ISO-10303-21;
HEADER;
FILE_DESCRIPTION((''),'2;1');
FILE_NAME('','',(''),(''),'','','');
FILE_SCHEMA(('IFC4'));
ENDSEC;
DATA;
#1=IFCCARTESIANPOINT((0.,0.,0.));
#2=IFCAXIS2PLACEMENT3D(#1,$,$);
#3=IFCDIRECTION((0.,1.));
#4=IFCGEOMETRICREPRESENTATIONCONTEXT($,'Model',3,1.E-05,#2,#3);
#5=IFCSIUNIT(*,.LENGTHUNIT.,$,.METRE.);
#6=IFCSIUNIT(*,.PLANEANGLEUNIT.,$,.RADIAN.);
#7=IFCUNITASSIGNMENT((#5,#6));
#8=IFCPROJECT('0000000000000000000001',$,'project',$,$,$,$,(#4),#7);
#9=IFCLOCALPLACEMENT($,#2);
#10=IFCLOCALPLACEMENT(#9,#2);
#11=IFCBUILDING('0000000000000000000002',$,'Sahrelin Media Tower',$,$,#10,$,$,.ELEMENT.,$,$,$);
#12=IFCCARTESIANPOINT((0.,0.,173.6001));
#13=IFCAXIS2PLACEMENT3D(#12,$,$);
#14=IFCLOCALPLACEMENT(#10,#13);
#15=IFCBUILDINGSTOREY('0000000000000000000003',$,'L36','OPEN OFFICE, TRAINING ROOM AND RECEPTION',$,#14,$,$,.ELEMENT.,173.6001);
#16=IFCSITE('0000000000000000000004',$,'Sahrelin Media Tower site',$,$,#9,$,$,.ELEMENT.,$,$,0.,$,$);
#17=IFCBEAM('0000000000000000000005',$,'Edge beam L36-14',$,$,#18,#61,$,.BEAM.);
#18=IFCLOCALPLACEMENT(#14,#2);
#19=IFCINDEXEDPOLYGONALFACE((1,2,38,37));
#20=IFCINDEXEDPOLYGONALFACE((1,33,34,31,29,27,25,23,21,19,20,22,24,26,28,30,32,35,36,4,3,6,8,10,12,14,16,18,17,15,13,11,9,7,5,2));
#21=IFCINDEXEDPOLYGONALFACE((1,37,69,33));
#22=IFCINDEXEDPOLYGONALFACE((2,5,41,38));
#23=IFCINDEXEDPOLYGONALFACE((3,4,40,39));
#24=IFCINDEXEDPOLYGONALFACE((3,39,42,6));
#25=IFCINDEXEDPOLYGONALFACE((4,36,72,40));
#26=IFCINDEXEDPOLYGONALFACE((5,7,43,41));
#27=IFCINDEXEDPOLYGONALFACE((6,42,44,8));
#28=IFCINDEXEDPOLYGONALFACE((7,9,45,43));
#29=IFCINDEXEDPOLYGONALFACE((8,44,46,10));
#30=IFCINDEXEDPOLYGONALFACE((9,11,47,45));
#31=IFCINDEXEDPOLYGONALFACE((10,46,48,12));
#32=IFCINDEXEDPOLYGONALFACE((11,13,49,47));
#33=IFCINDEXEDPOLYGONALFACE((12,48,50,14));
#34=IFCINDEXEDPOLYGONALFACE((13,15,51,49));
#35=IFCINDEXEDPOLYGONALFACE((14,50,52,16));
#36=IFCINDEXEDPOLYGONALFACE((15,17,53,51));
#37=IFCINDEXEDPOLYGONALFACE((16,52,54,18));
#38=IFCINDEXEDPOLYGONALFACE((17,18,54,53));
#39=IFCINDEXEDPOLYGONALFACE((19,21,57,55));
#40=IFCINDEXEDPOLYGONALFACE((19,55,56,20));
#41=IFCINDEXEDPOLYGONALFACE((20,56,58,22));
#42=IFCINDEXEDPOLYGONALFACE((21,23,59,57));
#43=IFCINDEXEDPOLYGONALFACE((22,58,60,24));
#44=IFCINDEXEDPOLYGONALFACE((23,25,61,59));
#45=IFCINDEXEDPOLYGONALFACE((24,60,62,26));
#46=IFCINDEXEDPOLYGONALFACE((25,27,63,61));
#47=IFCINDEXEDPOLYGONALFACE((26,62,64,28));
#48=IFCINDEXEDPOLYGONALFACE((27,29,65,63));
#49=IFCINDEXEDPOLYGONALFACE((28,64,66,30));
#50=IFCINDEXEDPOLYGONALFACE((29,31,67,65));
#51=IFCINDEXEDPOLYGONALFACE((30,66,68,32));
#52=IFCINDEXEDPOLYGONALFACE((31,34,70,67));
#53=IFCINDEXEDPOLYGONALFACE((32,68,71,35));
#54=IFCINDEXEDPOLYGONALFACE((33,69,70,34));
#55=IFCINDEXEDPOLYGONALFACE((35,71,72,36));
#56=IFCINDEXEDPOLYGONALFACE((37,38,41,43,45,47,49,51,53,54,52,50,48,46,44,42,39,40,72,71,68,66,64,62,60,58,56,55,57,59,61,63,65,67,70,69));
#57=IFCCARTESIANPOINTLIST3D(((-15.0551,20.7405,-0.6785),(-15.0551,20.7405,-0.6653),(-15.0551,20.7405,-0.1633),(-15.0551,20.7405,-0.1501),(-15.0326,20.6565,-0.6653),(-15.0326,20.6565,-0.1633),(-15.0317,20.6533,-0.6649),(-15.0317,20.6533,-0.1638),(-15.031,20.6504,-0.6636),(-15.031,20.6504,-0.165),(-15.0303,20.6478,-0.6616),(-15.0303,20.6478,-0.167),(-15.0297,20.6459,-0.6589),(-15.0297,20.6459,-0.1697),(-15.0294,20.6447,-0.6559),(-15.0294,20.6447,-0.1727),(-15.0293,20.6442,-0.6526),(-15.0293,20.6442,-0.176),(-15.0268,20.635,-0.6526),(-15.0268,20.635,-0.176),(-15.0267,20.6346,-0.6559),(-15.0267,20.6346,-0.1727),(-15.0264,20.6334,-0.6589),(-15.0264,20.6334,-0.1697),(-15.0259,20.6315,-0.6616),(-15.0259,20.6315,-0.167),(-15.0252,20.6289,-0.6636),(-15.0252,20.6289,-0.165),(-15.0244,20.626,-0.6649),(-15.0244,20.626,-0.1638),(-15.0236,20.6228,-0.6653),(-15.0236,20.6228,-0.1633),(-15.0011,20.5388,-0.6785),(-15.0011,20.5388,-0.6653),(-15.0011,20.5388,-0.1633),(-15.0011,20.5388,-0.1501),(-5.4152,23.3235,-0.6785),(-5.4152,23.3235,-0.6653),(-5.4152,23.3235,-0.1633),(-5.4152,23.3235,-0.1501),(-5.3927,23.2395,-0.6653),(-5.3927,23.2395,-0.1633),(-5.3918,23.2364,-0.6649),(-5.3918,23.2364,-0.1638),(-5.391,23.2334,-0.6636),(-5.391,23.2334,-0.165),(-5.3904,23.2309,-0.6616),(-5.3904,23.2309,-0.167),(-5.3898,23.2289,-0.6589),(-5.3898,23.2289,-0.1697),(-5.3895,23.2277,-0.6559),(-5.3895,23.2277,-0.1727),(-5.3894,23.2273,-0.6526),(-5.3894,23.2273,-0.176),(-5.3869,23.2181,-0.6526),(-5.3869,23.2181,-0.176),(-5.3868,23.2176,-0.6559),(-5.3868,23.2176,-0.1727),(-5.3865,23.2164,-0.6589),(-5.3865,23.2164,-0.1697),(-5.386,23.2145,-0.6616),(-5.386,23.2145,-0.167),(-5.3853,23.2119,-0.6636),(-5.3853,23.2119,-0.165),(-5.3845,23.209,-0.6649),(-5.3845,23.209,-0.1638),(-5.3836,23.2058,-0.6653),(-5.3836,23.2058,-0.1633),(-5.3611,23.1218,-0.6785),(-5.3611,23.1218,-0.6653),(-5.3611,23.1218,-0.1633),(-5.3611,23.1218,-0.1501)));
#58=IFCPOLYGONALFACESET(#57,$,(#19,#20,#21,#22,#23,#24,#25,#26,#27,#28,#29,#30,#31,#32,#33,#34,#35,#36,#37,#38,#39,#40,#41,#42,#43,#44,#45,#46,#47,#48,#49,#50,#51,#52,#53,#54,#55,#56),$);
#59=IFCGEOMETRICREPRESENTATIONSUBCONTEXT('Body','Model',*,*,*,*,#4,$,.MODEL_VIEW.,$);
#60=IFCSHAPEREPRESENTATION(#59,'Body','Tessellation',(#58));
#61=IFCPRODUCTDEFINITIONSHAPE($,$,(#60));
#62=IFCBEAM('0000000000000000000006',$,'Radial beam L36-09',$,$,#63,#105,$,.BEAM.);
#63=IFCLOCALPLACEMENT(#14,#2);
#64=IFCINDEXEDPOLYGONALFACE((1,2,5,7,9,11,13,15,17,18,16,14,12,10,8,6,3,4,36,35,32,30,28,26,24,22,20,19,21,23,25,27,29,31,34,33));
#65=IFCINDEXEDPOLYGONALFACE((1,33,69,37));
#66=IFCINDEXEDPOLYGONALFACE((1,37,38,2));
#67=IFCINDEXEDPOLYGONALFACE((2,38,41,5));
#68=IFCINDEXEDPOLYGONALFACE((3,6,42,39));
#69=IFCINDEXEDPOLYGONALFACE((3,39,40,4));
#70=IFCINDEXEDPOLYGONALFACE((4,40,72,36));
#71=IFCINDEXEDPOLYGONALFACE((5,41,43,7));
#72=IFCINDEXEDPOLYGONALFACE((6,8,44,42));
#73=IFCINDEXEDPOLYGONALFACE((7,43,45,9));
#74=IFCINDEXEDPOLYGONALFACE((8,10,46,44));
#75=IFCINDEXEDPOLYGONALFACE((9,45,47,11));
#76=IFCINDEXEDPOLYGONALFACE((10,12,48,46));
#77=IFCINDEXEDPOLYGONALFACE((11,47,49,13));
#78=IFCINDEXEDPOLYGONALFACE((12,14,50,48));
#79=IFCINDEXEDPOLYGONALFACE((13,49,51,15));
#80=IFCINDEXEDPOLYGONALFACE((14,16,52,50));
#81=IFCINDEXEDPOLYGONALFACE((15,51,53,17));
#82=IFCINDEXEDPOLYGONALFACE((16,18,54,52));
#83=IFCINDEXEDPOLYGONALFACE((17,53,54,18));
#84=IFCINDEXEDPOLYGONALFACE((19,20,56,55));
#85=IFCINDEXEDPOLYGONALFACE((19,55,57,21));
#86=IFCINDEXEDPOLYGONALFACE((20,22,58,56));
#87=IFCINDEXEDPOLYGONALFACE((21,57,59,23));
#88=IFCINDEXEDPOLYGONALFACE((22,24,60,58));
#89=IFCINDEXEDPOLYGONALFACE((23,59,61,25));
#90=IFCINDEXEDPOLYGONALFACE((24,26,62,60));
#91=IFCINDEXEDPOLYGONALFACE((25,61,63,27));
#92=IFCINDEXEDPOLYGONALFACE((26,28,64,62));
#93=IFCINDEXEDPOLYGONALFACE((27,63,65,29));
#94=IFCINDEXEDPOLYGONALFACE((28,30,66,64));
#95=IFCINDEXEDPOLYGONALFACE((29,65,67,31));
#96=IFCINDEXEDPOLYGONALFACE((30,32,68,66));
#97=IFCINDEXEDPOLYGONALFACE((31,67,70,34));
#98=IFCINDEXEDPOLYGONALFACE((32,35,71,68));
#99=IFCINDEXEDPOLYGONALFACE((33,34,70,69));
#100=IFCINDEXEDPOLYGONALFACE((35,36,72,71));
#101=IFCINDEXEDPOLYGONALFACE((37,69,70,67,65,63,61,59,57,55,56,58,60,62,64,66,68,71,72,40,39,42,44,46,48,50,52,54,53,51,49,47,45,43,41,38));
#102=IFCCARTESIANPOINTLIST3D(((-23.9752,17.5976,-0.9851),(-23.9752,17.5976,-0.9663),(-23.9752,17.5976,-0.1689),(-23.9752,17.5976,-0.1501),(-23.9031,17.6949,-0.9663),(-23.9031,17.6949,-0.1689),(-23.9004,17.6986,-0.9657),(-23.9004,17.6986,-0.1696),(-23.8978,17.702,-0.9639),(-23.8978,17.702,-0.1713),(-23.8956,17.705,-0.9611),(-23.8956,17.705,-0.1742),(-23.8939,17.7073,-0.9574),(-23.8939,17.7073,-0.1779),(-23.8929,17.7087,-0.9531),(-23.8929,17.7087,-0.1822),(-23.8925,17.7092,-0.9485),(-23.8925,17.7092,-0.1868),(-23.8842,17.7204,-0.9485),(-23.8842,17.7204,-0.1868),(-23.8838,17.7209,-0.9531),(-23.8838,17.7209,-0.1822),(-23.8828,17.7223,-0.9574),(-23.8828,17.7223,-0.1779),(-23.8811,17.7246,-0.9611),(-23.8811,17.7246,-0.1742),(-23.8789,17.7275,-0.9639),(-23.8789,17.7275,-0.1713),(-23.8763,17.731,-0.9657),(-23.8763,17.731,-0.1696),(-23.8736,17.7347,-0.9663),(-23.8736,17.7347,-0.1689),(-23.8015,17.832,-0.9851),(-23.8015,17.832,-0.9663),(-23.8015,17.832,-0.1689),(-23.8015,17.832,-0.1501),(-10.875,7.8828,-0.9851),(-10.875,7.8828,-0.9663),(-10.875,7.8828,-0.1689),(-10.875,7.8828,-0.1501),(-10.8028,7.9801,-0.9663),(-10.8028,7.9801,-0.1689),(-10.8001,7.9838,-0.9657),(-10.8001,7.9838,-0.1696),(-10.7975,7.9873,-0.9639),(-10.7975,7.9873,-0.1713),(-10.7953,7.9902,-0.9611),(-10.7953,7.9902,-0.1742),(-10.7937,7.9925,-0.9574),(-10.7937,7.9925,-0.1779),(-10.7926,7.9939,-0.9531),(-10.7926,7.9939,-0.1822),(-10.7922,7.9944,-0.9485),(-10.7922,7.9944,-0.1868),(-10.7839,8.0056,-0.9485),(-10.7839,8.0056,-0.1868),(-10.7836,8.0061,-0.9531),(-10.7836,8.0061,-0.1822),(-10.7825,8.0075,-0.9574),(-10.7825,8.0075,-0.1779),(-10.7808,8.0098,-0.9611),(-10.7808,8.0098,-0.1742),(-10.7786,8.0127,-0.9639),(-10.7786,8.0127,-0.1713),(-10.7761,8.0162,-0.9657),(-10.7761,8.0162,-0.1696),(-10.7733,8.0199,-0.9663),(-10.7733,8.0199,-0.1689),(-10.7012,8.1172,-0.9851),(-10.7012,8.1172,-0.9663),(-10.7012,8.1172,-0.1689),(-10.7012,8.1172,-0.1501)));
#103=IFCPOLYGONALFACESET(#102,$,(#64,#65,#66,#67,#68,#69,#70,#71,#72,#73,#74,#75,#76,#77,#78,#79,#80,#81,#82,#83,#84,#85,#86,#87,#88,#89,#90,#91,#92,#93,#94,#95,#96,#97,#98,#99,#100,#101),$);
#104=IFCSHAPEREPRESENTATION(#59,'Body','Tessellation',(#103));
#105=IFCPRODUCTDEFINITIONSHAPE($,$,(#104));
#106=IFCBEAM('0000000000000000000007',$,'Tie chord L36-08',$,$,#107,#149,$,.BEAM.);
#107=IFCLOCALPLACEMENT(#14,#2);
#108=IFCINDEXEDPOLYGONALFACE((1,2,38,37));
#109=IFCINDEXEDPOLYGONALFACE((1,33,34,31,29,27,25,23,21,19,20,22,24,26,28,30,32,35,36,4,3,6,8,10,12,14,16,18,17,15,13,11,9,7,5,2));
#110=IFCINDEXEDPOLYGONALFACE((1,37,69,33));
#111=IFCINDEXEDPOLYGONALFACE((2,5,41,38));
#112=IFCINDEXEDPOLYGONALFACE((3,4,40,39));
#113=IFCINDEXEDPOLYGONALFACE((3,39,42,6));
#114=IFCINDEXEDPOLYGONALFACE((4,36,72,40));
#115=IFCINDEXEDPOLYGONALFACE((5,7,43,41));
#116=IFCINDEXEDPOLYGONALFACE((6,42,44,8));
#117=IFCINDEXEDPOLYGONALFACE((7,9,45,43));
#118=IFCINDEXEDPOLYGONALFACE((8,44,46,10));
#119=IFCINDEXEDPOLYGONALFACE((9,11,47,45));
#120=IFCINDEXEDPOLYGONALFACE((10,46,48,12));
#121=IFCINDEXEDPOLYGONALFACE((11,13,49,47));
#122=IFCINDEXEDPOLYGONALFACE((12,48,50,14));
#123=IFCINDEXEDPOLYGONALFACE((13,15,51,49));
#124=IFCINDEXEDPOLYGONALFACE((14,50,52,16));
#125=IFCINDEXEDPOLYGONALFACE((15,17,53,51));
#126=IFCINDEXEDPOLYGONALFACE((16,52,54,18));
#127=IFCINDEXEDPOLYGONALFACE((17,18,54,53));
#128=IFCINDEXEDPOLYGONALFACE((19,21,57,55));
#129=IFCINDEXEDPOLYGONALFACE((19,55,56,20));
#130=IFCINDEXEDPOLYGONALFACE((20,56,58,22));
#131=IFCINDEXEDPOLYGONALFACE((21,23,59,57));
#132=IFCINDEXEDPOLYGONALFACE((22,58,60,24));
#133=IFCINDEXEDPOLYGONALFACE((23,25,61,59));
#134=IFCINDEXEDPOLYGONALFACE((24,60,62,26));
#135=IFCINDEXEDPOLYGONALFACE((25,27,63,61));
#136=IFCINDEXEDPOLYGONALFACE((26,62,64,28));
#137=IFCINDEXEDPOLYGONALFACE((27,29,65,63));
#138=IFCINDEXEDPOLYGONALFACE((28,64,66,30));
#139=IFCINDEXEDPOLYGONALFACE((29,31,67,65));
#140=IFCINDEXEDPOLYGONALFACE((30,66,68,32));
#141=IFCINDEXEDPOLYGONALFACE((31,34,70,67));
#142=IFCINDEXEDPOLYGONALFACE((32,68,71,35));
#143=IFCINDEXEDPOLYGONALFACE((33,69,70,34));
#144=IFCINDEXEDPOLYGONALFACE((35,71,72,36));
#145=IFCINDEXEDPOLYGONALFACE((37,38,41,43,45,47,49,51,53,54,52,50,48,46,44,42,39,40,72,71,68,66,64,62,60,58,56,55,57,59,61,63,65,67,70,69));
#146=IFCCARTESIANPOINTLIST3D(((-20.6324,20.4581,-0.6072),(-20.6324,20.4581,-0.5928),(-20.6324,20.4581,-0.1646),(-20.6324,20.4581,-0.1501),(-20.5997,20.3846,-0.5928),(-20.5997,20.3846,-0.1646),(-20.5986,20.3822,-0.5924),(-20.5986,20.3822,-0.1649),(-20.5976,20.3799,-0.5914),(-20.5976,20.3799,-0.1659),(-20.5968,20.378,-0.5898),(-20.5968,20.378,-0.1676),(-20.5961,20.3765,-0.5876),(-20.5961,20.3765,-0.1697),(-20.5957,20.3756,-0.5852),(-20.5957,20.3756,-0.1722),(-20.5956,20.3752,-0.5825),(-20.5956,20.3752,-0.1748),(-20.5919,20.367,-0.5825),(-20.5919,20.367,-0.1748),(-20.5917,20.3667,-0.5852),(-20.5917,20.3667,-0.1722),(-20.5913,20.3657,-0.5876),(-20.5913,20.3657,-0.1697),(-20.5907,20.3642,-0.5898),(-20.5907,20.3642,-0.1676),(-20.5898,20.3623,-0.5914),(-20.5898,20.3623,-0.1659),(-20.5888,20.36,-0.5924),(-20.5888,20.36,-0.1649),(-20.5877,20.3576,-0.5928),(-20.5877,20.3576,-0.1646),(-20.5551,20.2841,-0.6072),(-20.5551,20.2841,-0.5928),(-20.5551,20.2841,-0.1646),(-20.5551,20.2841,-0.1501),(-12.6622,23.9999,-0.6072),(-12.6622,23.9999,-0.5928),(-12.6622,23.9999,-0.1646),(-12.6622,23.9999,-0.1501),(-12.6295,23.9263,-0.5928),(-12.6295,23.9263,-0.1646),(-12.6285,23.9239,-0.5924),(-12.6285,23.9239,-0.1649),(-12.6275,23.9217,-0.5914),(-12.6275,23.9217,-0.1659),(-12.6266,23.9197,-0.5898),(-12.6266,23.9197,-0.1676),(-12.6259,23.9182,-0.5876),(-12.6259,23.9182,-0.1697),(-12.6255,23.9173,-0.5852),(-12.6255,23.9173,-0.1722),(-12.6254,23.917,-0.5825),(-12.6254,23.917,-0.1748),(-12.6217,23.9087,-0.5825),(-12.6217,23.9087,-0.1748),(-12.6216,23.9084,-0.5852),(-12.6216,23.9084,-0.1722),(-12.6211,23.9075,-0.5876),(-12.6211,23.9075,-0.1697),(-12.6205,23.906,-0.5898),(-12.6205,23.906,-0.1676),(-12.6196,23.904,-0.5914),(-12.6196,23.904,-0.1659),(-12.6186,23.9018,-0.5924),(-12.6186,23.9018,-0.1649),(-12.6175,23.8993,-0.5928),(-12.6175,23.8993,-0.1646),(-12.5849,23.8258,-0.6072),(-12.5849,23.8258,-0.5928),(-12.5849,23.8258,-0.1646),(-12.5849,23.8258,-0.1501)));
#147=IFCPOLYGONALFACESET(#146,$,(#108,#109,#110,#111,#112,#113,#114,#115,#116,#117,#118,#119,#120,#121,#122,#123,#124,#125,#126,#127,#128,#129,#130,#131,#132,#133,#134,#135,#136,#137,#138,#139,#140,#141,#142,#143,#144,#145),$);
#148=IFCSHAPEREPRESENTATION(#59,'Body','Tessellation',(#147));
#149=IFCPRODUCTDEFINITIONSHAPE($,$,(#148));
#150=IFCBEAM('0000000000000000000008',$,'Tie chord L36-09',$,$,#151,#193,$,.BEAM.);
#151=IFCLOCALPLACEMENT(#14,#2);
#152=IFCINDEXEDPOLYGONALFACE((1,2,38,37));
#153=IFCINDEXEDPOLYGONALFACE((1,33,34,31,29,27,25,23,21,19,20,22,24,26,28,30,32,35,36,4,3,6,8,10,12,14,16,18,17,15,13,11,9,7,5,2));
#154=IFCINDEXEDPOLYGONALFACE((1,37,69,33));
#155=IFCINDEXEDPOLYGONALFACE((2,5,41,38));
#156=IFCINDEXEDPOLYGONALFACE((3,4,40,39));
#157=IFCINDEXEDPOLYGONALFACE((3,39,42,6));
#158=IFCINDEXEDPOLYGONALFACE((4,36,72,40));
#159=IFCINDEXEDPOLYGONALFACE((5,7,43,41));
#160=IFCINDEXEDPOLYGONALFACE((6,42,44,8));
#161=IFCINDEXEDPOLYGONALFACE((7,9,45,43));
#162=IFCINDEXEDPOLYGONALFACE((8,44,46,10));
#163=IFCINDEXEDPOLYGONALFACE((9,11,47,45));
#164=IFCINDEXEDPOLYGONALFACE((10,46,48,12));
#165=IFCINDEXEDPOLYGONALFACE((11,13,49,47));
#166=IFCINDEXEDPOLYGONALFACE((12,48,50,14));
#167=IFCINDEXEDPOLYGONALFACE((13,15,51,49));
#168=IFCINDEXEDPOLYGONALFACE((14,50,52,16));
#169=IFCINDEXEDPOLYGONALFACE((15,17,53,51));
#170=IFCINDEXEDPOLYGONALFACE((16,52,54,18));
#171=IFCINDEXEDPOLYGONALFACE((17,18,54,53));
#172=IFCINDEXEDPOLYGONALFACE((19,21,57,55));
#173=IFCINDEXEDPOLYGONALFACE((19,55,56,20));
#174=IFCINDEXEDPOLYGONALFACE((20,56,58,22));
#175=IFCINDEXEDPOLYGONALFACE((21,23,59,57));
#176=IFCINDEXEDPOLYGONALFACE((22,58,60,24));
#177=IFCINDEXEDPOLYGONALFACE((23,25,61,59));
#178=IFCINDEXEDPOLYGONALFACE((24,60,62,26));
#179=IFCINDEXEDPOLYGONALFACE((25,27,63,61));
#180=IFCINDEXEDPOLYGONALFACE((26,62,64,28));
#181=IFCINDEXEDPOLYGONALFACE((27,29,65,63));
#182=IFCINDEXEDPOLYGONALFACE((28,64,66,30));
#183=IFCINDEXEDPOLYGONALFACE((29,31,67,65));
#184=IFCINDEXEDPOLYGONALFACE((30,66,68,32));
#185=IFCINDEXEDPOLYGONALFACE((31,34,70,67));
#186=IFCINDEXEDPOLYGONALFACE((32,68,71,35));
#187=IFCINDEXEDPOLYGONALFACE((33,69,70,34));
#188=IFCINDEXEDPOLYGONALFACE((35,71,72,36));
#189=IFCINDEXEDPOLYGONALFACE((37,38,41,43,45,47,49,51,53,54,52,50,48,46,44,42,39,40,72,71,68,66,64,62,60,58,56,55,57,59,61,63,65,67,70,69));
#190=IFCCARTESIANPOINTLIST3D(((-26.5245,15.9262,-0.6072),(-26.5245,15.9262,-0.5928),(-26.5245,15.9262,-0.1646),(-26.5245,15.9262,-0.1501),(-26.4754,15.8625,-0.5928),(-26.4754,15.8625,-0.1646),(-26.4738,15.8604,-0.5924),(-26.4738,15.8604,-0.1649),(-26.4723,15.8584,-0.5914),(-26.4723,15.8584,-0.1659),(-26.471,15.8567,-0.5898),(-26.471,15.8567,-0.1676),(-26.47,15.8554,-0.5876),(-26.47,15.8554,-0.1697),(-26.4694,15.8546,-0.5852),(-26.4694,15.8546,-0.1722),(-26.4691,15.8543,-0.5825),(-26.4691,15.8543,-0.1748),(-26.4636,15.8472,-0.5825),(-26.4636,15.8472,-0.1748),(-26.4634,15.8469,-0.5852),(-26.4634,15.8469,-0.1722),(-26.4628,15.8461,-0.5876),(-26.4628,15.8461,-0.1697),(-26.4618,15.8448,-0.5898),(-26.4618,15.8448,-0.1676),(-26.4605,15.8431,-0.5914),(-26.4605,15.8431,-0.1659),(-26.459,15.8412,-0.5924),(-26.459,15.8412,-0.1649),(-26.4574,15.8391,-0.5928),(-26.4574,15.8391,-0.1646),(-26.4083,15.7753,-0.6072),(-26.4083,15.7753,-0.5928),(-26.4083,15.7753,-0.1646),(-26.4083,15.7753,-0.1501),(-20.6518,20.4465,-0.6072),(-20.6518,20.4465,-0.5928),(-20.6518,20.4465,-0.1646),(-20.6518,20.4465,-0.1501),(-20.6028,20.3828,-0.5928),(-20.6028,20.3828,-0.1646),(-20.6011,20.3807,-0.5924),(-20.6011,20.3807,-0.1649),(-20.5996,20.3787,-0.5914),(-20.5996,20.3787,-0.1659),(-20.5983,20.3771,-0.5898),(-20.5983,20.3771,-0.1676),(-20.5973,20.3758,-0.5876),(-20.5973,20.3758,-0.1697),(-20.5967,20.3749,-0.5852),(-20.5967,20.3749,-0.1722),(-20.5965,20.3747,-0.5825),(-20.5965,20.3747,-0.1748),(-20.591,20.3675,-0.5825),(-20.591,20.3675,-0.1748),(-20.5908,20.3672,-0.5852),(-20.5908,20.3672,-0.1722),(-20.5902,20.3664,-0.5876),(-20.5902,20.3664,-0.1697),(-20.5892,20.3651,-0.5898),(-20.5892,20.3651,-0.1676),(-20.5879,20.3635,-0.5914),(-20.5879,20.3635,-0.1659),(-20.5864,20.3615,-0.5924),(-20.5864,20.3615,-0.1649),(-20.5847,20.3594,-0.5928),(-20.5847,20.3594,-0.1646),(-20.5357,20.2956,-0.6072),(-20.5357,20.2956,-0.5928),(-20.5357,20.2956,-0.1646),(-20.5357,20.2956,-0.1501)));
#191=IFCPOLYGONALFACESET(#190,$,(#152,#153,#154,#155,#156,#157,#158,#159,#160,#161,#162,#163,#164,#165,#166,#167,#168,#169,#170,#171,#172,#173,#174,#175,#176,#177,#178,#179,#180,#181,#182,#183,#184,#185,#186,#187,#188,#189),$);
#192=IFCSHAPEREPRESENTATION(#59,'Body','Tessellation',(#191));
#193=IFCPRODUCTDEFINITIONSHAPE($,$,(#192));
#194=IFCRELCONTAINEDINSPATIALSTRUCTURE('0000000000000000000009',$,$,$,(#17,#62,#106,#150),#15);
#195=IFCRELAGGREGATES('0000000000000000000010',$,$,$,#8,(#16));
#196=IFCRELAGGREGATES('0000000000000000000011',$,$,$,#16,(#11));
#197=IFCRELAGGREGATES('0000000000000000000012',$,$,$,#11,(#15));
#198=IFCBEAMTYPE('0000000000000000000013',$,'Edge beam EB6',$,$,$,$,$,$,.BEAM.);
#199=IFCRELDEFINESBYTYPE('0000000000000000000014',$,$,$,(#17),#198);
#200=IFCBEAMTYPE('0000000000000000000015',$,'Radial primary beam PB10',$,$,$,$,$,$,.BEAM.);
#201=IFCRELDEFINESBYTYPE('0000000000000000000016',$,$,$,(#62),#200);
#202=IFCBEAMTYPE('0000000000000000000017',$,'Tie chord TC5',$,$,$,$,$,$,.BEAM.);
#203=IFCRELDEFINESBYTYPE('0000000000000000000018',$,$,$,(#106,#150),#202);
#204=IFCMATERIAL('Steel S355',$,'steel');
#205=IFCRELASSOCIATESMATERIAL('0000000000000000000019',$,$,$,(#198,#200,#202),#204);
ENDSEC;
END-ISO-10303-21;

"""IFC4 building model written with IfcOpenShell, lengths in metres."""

from ifc_helpers import new_model, si_unit, direction, frame, origin, origin_2d, place, context, subcontext, project, spatial, i_section, extrude, material, material_profile, profile_set, type_object, element, save


model = new_model("IFC4")

# Units and contexts
model_context = context("Model", 3, precision=1e-05, world=origin(), true_north=direction((0.0, 1.0)))
body_context = subcontext(model_context, "Body", "Model", "MODEL_VIEW")
ifc_project = project(units=[si_unit("LENGTHUNIT", "METRE"), si_unit("PLANEANGLEUNIT", "RADIAN")], contexts=[model_context])

# Site, building, storey
site_placement = place(None, origin())
site = spatial("IfcSite", under=ifc_project, at=site_placement, Name="Sahrelin Media Tower site", CompositionType="ELEMENT", RefElevation=0.0)
building_placement = place(site_placement, origin())
building = spatial("IfcBuilding", under=site, at=building_placement, Name="Sahrelin Media Tower", CompositionType="ELEMENT")
storey_placement = place(building_placement, frame((0.0, 0.0, 173.6001)))
storey = spatial("IfcBuildingStorey", under=building, at=storey_placement, Name="L36", Description="OPEN OFFICE, TRAINING ROOM AND RECEPTION", CompositionType="ELEMENT", Elevation=173.6001)

# Beams
ifc_material_1 = material(Name="Steel S355", Category="steel")
ifc_material_profile_1 = material_profile(ifc_material_1, i_section(OverallWidth=0.2087, OverallDepth=0.5283, WebThickness=0.0095, FlangeThickness=0.0132, FilletRadius=0.0127, at=origin_2d()), Name="UB 533x210x82")
ifc_profile_set_1 = profile_set([ifc_material_profile_1], Name="Steel S355")
beam_type_1 = type_object("IfcBeamType", Name="Edge beam EB6", PredefinedType="BEAM", material=ifc_profile_set_1)
beam_1_placement = place(storey_placement, frame((-15.0281, 20.6396, -0.4143), z_axis=(0.965926, 0.25882, 0.0), x_axis=(-0.25882, 0.965926, 0.0)))
element("IfcBeam", 1, at=beam_1_placement, inside=storey, type_object=beam_type_1, Name="Edge beam L36-14", PredefinedType="BEAM", context=body_context, shape_type="SweptSolid", body=[
    extrude(i_section(OverallWidth=0.2087, OverallDepth=0.5283, WebThickness=0.0095, FlangeThickness=0.0132, FilletRadius=0.0127, at=origin_2d()), origin(), (0.0, 0.0, 1.0), 9.98),
])
ifc_material_profile_2 = material_profile(ifc_material_1, i_section(OverallWidth=0.2917, OverallDepth=0.835, WebThickness=0.0139, FlangeThickness=0.0188, FilletRadius=0.0178, at=origin_2d()), Name="UB 838x292x176")
ifc_profile_set_2 = profile_set([ifc_material_profile_2], Name="Steel S355")
beam_type_2 = type_object("IfcBeamType", Name="Radial primary beam PB10", PredefinedType="BEAM", material=ifc_profile_set_2)
beam_2_placement = place(storey_placement, frame((-10.7881, 8.0, -0.5676), z_axis=(-0.803238, 0.595658, 0.0), x_axis=(-0.595658, -0.803238, 0.0)))
element("IfcBeam", 2, at=beam_2_placement, inside=storey, type_object=beam_type_2, Name="Radial beam L36-09", PredefinedType="BEAM", context=body_context, shape_type="SweptSolid", body=[
    extrude(i_section(OverallWidth=0.2917, OverallDepth=0.835, WebThickness=0.0139, FlangeThickness=0.0188, FilletRadius=0.0178, at=origin_2d()), origin(), (0.0, 0.0, 1.0), 16.3093),
])
ifc_material_profile_3 = material_profile(ifc_material_1, i_section(OverallWidth=0.1904, OverallDepth=0.457, WebThickness=0.009, FlangeThickness=0.0144, FilletRadius=0.0103, at=origin_2d()), Name="UB 457x191x74")
ifc_profile_set_3 = profile_set([ifc_material_profile_3], Name="Steel S355")
beam_type_3 = type_object("IfcBeamType", Name="Tie chord TC5", PredefinedType="BEAM", material=ifc_profile_set_3)
beam_3_placement = place(storey_placement, frame((-12.6235, 23.9128, -0.3787), z_axis=(-0.913836, -0.406084, 0.0), x_axis=(0.406084, -0.913836, 0.0)))
element("IfcBeam", 3, at=beam_3_placement, inside=storey, type_object=beam_type_3, Name="Tie chord L36-08", PredefinedType="BEAM", context=body_context, shape_type="SweptSolid", body=[
    extrude(i_section(OverallWidth=0.1904, OverallDepth=0.457, WebThickness=0.009, FlangeThickness=0.0144, FilletRadius=0.0103, at=origin_2d()), origin(), (0.0, 0.0, 1.0), 8.7217),
])
beam_4_placement = place(storey_placement, frame((-20.5938, 20.3711, -0.3787), z_axis=(-0.792434, -0.609958, 0.0), x_axis=(0.609958, -0.792434, 0.0)))
element("IfcBeam", 4, at=beam_4_placement, inside=storey, type_object=beam_type_3, Name="Tie chord L36-09", PredefinedType="BEAM", context=body_context, shape_type="SweptSolid", body=[
    extrude(i_section(OverallWidth=0.1904, OverallDepth=0.457, WebThickness=0.009, FlangeThickness=0.0144, FilletRadius=0.0103, at=origin_2d()), origin(), (0.0, 0.0, 1.0), 7.4109),
])

save(model, "model.ifc")
